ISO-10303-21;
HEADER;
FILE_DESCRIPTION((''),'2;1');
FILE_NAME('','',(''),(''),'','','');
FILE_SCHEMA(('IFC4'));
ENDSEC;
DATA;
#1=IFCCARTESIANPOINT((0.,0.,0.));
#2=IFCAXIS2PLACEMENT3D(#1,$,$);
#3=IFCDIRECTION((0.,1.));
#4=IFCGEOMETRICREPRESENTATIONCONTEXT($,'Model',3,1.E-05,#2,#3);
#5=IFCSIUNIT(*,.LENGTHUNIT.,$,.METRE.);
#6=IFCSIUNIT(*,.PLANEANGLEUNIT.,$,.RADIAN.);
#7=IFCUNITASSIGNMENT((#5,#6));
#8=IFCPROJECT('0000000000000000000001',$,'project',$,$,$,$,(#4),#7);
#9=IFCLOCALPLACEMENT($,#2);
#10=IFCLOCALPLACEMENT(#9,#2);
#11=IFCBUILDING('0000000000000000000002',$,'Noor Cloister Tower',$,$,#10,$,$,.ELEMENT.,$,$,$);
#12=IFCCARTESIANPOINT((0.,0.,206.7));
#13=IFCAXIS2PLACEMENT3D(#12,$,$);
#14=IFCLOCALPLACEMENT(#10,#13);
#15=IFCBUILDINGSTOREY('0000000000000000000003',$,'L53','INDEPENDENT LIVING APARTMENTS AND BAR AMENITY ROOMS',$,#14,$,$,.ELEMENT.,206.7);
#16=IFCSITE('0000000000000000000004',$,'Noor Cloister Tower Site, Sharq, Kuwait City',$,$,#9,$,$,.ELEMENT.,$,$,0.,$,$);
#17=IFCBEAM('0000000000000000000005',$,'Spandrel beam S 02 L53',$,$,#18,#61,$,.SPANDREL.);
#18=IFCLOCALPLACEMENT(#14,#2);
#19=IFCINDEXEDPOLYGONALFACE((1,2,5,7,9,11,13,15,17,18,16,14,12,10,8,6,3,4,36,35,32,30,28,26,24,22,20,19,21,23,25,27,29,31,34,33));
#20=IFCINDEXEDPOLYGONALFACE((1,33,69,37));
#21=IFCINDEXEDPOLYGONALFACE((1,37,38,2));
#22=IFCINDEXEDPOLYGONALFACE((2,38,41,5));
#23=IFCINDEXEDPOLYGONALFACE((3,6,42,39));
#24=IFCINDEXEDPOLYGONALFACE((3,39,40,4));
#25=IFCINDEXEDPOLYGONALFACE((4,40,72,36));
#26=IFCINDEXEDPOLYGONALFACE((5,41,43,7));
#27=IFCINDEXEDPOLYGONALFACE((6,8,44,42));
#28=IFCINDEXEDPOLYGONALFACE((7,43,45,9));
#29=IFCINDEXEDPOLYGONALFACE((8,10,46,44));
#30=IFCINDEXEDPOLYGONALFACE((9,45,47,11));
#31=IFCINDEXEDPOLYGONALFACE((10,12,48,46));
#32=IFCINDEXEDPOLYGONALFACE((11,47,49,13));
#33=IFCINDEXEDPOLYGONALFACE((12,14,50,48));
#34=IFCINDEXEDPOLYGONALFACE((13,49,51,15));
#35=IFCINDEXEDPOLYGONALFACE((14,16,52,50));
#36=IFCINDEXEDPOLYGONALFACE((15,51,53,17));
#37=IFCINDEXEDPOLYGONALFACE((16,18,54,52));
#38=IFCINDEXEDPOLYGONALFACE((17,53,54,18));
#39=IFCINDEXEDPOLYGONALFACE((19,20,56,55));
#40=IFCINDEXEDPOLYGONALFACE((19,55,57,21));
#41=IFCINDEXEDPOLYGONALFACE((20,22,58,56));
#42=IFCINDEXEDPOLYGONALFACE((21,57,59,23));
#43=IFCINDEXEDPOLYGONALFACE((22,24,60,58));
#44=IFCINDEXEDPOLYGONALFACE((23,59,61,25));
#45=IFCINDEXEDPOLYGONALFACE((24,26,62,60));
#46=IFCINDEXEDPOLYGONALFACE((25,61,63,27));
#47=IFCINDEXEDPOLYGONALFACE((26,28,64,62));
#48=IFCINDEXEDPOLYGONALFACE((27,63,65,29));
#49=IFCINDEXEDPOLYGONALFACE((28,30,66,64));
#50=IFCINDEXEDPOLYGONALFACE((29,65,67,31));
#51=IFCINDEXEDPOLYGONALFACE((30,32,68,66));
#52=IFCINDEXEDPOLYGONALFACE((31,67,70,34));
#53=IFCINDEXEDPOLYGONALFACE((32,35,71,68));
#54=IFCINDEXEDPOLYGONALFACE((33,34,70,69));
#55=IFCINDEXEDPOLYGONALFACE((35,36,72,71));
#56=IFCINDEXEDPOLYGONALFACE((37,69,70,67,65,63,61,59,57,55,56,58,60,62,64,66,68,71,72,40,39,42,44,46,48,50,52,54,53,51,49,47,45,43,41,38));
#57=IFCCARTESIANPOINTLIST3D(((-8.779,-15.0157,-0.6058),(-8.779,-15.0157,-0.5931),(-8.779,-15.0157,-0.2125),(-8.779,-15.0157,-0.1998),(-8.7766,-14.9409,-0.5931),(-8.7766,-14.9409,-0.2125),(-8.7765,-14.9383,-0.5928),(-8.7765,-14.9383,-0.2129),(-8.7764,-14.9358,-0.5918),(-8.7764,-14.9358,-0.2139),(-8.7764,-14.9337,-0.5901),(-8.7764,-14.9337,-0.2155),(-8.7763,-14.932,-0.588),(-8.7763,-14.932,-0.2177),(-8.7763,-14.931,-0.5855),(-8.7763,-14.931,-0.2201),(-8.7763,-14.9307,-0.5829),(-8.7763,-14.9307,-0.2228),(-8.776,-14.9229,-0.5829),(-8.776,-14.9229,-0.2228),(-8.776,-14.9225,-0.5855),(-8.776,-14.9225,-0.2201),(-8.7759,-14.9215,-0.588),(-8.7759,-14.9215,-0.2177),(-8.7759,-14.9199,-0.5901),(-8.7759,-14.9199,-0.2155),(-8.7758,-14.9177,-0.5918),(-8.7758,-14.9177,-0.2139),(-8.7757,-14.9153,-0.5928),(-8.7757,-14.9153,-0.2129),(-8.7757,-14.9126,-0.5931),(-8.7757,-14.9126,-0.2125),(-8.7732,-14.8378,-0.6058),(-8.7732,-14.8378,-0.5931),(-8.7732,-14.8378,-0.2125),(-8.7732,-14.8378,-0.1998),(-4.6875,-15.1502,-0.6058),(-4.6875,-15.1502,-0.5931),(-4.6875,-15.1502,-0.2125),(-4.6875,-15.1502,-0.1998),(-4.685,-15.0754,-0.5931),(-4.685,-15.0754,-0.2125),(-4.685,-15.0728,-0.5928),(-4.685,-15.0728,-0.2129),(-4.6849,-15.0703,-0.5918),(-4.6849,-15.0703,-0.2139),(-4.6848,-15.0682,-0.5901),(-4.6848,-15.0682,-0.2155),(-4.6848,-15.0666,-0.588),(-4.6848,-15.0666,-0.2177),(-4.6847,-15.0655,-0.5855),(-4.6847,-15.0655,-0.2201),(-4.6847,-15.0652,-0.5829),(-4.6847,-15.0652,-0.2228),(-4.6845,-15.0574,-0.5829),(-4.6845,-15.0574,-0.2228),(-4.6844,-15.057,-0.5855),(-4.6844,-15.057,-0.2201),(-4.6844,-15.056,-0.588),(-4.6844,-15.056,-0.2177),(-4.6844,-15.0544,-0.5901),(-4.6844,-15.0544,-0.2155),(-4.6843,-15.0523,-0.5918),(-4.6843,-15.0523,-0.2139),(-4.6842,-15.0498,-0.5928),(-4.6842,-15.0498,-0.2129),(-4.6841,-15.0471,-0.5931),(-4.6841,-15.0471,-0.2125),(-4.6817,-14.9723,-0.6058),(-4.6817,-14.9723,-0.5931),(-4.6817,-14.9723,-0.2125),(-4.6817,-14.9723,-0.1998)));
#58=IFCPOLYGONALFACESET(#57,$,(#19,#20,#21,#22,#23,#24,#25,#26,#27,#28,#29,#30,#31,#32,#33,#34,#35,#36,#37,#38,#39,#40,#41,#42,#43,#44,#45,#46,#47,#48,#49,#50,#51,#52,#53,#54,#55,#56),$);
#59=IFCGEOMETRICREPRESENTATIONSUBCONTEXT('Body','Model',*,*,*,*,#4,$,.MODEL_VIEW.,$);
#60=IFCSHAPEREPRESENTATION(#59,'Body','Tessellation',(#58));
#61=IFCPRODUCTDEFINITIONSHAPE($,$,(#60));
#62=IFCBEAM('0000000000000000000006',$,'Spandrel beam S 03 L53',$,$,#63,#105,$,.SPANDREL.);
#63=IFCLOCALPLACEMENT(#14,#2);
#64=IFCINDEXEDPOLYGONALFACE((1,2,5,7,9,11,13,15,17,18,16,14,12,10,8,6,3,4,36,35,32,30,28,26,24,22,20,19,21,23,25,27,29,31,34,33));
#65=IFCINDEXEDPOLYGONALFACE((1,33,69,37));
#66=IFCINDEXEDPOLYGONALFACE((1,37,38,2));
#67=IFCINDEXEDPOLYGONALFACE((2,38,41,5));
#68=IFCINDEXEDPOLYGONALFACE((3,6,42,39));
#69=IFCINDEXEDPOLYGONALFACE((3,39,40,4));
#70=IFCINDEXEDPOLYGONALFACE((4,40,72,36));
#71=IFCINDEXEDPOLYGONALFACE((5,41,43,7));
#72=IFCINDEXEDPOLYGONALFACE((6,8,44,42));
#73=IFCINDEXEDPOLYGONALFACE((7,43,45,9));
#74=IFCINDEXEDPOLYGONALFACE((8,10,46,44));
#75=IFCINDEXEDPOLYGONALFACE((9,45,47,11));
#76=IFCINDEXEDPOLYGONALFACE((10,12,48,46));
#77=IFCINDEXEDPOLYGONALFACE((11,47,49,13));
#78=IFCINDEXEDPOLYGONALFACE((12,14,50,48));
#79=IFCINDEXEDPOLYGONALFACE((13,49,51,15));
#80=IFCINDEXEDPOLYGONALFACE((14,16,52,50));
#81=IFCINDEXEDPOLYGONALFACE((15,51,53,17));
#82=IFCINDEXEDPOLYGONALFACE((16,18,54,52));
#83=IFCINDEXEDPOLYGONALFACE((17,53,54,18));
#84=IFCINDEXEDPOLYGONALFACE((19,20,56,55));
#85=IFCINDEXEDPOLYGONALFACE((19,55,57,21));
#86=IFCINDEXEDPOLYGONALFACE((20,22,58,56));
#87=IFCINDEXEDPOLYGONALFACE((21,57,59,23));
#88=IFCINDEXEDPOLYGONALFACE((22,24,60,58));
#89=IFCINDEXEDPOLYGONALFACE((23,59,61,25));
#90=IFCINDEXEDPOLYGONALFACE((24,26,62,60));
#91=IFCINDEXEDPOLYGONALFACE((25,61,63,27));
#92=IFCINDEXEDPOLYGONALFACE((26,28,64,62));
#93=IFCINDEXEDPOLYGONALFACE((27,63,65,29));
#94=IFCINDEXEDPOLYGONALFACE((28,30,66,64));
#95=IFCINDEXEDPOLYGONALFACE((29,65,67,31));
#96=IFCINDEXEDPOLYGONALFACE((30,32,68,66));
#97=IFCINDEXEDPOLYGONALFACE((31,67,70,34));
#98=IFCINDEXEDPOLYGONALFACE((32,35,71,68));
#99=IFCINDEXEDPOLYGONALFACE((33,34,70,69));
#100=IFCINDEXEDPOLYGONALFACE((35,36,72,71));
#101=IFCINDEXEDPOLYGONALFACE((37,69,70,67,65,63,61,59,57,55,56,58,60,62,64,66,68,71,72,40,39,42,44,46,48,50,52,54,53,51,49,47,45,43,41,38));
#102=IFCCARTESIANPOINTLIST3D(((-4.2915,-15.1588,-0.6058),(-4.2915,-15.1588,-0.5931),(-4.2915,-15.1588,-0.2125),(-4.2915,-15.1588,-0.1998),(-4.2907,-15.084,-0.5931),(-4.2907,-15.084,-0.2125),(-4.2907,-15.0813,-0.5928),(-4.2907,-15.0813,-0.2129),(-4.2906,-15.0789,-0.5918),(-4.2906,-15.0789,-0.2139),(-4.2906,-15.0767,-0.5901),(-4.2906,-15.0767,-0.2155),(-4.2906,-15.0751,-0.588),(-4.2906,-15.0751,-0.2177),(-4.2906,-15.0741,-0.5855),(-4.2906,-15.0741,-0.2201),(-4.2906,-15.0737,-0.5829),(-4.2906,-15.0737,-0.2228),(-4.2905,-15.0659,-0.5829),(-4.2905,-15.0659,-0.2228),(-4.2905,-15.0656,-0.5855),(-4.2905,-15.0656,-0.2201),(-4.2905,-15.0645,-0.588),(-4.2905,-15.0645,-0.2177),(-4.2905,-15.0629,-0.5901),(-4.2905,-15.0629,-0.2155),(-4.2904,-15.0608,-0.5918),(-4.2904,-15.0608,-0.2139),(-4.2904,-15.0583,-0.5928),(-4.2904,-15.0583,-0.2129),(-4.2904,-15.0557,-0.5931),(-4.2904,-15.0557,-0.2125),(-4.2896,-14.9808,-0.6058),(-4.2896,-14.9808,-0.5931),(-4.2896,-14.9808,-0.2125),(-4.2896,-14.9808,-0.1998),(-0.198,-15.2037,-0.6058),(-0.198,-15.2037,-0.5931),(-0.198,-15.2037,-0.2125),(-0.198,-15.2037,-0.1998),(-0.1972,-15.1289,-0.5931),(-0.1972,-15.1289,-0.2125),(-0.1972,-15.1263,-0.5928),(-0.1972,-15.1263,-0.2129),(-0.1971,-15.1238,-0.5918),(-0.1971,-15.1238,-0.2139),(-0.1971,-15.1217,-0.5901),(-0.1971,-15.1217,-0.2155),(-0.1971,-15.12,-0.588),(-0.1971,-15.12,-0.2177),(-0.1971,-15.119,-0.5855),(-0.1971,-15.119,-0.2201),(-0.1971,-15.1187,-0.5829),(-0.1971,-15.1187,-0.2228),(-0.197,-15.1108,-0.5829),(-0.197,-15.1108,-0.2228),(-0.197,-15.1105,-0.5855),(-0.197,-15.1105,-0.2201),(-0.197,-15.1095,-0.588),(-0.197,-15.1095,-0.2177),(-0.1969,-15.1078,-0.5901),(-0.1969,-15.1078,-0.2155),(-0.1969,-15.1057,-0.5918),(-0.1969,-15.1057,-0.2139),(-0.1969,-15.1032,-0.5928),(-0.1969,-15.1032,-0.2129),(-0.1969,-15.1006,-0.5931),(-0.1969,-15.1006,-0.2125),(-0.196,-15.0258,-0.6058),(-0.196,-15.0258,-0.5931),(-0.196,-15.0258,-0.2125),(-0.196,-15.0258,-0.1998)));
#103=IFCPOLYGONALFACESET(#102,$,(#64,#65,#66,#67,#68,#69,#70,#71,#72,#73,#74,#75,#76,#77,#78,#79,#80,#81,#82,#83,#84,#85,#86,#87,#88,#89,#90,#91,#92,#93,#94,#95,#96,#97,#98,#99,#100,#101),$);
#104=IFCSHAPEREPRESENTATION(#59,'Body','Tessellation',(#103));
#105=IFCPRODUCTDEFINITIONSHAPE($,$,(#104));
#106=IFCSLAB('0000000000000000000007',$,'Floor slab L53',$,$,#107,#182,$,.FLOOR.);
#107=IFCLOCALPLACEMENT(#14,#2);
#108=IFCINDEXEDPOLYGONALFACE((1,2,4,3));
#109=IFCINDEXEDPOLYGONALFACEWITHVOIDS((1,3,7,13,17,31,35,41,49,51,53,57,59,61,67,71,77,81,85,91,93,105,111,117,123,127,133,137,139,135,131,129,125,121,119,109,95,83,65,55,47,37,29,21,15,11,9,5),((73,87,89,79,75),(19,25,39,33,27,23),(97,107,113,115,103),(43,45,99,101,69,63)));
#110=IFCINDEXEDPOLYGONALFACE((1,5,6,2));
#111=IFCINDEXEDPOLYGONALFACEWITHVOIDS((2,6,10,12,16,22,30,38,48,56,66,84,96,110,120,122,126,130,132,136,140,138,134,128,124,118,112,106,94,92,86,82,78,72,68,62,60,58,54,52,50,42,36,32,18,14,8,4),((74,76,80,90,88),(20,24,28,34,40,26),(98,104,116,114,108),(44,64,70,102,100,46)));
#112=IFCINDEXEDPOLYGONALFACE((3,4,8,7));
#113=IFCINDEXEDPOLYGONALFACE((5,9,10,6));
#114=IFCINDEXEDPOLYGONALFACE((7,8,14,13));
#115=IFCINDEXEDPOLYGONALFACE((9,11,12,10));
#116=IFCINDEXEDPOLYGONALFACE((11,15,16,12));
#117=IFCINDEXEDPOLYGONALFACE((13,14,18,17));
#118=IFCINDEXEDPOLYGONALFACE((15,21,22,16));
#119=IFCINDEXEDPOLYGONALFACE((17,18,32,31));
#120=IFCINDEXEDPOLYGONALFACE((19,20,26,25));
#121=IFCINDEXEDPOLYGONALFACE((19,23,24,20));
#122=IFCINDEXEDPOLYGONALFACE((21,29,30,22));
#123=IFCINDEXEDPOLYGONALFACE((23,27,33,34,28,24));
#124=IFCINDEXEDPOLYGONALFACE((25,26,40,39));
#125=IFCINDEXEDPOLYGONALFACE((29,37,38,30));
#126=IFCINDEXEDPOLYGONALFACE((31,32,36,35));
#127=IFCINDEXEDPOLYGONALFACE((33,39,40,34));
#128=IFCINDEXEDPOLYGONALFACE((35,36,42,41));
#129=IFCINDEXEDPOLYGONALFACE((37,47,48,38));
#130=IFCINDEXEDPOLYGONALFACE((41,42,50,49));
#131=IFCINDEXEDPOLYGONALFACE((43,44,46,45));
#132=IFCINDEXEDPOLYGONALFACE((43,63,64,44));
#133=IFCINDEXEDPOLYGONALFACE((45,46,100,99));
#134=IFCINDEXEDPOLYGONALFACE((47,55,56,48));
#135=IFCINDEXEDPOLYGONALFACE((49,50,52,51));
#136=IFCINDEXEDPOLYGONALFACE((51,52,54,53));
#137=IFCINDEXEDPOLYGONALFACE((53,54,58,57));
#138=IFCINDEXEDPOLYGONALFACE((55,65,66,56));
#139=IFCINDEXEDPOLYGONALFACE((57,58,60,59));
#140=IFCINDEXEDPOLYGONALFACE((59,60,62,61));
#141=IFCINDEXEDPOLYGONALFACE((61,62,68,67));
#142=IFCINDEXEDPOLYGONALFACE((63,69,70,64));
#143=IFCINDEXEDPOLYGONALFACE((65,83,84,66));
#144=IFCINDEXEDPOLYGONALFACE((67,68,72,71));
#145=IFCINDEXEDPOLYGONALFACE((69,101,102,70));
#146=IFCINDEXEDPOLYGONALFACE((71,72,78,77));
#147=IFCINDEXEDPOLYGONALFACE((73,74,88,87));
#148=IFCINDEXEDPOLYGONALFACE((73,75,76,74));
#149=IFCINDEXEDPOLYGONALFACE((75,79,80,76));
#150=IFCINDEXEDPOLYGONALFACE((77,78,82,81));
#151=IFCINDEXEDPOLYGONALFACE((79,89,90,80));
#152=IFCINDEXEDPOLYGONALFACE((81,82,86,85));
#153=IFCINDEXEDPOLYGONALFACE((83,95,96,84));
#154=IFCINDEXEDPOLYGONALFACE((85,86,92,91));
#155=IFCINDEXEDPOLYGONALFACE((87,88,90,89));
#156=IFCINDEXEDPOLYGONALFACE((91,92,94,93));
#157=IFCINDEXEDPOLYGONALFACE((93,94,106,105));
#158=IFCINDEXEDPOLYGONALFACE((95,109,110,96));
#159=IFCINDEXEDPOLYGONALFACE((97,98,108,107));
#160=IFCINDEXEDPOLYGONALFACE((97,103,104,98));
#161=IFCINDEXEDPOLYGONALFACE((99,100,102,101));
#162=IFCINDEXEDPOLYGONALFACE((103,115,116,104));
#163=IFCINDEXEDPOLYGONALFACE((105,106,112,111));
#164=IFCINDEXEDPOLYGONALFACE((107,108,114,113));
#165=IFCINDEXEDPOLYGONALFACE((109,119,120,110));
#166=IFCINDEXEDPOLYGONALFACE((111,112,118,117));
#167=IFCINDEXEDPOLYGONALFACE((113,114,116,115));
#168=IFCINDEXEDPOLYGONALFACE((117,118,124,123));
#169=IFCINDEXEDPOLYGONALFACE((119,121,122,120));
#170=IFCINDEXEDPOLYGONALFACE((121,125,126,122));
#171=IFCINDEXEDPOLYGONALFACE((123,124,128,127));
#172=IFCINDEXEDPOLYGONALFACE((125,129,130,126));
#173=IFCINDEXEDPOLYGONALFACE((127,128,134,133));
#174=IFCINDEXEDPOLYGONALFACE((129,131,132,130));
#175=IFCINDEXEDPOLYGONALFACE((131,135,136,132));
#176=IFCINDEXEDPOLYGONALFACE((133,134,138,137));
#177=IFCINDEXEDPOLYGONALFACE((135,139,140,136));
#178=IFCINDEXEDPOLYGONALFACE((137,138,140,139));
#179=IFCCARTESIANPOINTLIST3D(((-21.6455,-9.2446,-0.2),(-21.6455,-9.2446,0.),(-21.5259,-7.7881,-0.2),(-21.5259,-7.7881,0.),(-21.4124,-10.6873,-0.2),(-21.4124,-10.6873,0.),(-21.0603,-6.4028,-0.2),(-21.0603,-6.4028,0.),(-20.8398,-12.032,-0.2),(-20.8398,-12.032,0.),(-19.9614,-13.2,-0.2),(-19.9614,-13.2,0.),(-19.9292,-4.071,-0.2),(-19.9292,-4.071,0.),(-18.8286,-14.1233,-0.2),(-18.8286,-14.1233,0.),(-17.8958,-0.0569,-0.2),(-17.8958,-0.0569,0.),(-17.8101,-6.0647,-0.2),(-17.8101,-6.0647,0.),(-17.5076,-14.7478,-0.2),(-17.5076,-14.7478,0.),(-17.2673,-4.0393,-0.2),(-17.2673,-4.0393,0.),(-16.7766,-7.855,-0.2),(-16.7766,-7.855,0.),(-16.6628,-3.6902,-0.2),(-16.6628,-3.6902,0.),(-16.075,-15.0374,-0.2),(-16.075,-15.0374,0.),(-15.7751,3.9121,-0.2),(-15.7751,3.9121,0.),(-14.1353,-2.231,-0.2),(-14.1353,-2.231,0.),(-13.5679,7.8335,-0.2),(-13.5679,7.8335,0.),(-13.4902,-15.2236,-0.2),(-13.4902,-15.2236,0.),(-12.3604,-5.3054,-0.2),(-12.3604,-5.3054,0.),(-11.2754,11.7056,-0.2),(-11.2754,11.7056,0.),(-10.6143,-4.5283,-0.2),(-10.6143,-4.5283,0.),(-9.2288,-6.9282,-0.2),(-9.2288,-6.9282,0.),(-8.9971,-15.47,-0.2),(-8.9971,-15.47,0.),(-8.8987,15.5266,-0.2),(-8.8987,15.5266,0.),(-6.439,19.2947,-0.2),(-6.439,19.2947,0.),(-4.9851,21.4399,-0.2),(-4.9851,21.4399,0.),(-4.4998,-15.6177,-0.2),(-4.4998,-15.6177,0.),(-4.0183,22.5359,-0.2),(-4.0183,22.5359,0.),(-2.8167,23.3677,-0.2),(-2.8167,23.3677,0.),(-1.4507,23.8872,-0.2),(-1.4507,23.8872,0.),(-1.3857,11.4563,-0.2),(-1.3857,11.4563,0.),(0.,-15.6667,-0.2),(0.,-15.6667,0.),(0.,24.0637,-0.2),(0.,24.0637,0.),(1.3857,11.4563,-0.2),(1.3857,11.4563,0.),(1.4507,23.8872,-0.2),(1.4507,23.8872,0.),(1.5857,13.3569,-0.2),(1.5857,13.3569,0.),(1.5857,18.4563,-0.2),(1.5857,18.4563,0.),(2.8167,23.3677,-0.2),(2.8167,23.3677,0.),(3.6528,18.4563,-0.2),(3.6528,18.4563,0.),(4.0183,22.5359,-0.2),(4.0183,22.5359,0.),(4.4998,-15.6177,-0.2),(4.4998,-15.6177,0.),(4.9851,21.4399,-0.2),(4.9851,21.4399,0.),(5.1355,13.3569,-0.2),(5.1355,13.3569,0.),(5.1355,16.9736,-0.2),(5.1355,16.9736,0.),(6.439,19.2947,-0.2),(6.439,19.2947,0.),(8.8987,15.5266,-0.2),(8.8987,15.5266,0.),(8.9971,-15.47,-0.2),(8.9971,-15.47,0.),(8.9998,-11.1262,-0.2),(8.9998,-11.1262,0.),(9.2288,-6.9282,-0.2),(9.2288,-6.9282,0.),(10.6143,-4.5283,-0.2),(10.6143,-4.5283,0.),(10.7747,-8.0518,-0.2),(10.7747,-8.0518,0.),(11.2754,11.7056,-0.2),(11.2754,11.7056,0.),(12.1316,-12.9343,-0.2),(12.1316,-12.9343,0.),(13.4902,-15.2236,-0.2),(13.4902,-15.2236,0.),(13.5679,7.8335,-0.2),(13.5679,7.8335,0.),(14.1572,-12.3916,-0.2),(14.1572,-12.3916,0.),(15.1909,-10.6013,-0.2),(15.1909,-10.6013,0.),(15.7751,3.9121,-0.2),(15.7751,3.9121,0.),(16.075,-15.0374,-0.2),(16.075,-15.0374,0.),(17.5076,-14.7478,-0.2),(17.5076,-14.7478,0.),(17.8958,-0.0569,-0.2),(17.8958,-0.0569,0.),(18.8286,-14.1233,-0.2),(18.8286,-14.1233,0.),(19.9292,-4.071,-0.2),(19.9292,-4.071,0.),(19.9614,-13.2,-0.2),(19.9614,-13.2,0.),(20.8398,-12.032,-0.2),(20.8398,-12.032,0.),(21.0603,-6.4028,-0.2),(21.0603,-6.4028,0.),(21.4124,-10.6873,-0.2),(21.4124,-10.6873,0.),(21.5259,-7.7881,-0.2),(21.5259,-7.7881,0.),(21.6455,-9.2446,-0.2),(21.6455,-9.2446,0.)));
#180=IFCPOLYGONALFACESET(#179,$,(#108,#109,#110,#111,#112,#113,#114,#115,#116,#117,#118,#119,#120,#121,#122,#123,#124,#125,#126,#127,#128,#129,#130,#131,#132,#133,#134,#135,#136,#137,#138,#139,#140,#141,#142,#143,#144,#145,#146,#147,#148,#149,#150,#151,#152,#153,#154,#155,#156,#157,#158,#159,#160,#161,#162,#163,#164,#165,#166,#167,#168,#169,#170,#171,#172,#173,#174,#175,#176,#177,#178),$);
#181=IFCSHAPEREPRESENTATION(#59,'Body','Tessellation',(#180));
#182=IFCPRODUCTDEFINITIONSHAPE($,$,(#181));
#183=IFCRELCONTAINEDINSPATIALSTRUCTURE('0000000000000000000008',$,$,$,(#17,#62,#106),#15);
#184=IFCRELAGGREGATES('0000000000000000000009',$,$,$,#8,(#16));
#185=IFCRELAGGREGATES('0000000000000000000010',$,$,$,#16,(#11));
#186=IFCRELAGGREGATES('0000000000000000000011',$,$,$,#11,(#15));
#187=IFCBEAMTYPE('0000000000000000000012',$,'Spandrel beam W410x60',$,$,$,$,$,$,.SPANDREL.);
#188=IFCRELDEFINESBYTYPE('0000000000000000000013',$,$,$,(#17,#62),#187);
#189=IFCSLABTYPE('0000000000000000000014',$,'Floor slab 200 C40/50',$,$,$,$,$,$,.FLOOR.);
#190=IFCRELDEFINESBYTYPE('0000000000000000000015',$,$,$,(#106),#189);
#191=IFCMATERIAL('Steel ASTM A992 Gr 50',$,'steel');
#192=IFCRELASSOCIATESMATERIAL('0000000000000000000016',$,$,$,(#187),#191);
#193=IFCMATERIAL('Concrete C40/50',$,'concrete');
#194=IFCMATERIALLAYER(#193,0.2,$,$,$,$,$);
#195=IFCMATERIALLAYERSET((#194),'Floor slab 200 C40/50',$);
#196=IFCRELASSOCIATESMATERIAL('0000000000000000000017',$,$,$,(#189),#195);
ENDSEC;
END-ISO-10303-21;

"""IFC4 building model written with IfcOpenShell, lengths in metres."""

from ifc_helpers import new_model, si_unit, direction, frame, origin, origin_2d, place, context, subcontext, project, spatial, polyline, i_section, outline, extrude, material, layer, layer_set, material_profile, profile_set, type_object, element, save


model = new_model("IFC4")

# Units and contexts
model_context = context("Model", 3, precision=1e-05, world=origin(), true_north=direction((0.0, 1.0)))
body_context = subcontext(model_context, "Body", "Model", "MODEL_VIEW")
ifc_project = project(units=[si_unit("LENGTHUNIT", "METRE"), si_unit("PLANEANGLEUNIT", "RADIAN")], contexts=[model_context])

# Site, building, storey
site_placement = place(None, origin())
site = spatial("IfcSite", under=ifc_project, at=site_placement, Name="Noor Cloister Tower Site, Sharq, Kuwait City", CompositionType="ELEMENT", RefElevation=0.0)
building_placement = place(site_placement, origin())
building = spatial("IfcBuilding", under=site, at=building_placement, Name="Noor Cloister Tower", CompositionType="ELEMENT")
storey_placement = place(building_placement, frame((0.0, 0.0, 206.7)))
storey = spatial("IfcBuildingStorey", under=building, at=storey_placement, Name="L53", Description="INDEPENDENT LIVING APARTMENTS AND BAR AMENITY ROOMS", CompositionType="ELEMENT", Elevation=206.7)

# Beams
ifc_material_1 = material(Name="Steel ASTM A992 Gr 50", Category="steel")
ifc_material_profile_1 = material_profile(ifc_material_1, i_section(OverallWidth=0.178, OverallDepth=0.406, WebThickness=0.0078, FlangeThickness=0.0127, FilletRadius=0.0103, at=origin_2d()), Name="W410x60")
ifc_profile_set_1 = profile_set([ifc_material_profile_1], Name="Steel ASTM A992 Gr 50")
beam_type_1 = type_object("IfcBeamType", Name="Spandrel beam W410x60", PredefinedType="SPANDREL", material=ifc_profile_set_1)
for number, where, z_axis, x_axis, name in (
    (1, (-8.7761, -14.9268, -0.4028), (0.99946, -0.03286, 0.0), (0.03286, 0.99946, 0.0), "Spandrel beam S 02 L53"),
    (2, (-4.2905, -15.0698, -0.4028), (0.99994, -0.010973, 0.0), (0.010973, 0.99994, 0.0), "Spandrel beam S 03 L53"),
):
    element("IfcBeam", number, at=place(storey_placement, frame(where, z_axis=z_axis, x_axis=x_axis)), inside=storey, type_object=beam_type_1, Name=name, PredefinedType="SPANDREL", context=body_context, shape_type="SweptSolid", body=[
        extrude(i_section(OverallWidth=0.178, OverallDepth=0.406, WebThickness=0.0078, FlangeThickness=0.0127, FilletRadius=0.0103, at=origin_2d()), origin(), (0.0, 0.0, 1.0), 4.0938),
    ])

# Slab
ifc_material_2 = material(Name="Concrete C40/50", Category="concrete")
ifc_layer_1 = layer(ifc_material_2, 0.2)
ifc_layer_set_1 = layer_set([ifc_layer_1], Name="Floor slab 200 C40/50")
slab_type = type_object("IfcSlabType", Name="Floor slab 200 C40/50", PredefinedType="FLOOR", material=ifc_layer_set_1)
slab_placement = place(storey_placement, frame((0.0, 0.0, -0.2)))
element("IfcSlab", 3, at=slab_placement, inside=storey, type_object=slab_type, Name="Floor slab L53", PredefinedType="FLOOR", context=body_context, shape_type="SweptSolid", body=[
    extrude(outline(polyline([(4.9851, 21.4399), (4.0183, 22.5359), (2.8167, 23.3677), (1.4507, 23.8872), (0.0, 24.0637), (-1.4507, 23.8872), (-2.8167, 23.3677), (-4.0183, 22.5359), (-4.9851, 21.4399), (-6.439, 19.2947), (-8.8987, 15.5266), (-11.2754, 11.7056), (-13.5679, 7.8335), (-15.7751, 3.9121), (-17.8958, -0.0569), (-19.9292, -4.071), (-21.0603, -6.4028), (-21.5259, -7.7881), (-21.6455, -9.2446), (-21.4124, -10.6873), (-20.8398, -12.032), (-19.9614, -13.2), (-18.8286, -14.1233), (-17.5076, -14.7478), (-16.075, -15.0374), (-13.4902, -15.2236), (-8.9971, -15.47), (-4.4998, -15.6177), (0.0, -15.6667), (4.4998, -15.6177), (8.9971, -15.47), (13.4902, -15.2236), (16.075, -15.0374), (17.5076, -14.7478), (18.8286, -14.1233), (19.9614, -13.2), (20.8398, -12.032), (21.4124, -10.6873), (21.6455, -9.2446), (21.5259, -7.7881), (21.0603, -6.4028), (19.9292, -4.071), (17.8958, -0.0569), (15.7751, 3.9121), (13.5679, 7.8335), (11.2754, 11.7056), (8.8987, 15.5266), (6.439, 19.2947), (4.9851, 21.4399)]), holes=[polyline([(8.9998, -11.1262), (12.1316, -12.9343), (14.1572, -12.3916), (15.1909, -10.6013), (10.7747, -8.0518), (8.9998, -11.1262)]), polyline([(-17.8101, -6.0647), (-16.7766, -7.855), (-12.3604, -5.3054), (-14.1353, -2.231), (-16.6628, -3.6902), (-17.2673, -4.0393), (-17.8101, -6.0647)]), polyline([(-10.6143, -4.5283), (-9.2288, -6.9282), (9.2288, -6.9282), (10.6143, -4.5283), (1.3857, 11.4563), (-1.3857, 11.4563), (-10.6143, -4.5283)]), polyline([(3.6528, 18.4563), (1.5857, 18.4563), (1.5857, 13.3569), (5.1355, 13.3569), (5.1355, 16.9736), (3.6528, 18.4563)])]), origin(), (0.0, 0.0, 1.0), 0.2),
])

save(model, "model.ifc")
